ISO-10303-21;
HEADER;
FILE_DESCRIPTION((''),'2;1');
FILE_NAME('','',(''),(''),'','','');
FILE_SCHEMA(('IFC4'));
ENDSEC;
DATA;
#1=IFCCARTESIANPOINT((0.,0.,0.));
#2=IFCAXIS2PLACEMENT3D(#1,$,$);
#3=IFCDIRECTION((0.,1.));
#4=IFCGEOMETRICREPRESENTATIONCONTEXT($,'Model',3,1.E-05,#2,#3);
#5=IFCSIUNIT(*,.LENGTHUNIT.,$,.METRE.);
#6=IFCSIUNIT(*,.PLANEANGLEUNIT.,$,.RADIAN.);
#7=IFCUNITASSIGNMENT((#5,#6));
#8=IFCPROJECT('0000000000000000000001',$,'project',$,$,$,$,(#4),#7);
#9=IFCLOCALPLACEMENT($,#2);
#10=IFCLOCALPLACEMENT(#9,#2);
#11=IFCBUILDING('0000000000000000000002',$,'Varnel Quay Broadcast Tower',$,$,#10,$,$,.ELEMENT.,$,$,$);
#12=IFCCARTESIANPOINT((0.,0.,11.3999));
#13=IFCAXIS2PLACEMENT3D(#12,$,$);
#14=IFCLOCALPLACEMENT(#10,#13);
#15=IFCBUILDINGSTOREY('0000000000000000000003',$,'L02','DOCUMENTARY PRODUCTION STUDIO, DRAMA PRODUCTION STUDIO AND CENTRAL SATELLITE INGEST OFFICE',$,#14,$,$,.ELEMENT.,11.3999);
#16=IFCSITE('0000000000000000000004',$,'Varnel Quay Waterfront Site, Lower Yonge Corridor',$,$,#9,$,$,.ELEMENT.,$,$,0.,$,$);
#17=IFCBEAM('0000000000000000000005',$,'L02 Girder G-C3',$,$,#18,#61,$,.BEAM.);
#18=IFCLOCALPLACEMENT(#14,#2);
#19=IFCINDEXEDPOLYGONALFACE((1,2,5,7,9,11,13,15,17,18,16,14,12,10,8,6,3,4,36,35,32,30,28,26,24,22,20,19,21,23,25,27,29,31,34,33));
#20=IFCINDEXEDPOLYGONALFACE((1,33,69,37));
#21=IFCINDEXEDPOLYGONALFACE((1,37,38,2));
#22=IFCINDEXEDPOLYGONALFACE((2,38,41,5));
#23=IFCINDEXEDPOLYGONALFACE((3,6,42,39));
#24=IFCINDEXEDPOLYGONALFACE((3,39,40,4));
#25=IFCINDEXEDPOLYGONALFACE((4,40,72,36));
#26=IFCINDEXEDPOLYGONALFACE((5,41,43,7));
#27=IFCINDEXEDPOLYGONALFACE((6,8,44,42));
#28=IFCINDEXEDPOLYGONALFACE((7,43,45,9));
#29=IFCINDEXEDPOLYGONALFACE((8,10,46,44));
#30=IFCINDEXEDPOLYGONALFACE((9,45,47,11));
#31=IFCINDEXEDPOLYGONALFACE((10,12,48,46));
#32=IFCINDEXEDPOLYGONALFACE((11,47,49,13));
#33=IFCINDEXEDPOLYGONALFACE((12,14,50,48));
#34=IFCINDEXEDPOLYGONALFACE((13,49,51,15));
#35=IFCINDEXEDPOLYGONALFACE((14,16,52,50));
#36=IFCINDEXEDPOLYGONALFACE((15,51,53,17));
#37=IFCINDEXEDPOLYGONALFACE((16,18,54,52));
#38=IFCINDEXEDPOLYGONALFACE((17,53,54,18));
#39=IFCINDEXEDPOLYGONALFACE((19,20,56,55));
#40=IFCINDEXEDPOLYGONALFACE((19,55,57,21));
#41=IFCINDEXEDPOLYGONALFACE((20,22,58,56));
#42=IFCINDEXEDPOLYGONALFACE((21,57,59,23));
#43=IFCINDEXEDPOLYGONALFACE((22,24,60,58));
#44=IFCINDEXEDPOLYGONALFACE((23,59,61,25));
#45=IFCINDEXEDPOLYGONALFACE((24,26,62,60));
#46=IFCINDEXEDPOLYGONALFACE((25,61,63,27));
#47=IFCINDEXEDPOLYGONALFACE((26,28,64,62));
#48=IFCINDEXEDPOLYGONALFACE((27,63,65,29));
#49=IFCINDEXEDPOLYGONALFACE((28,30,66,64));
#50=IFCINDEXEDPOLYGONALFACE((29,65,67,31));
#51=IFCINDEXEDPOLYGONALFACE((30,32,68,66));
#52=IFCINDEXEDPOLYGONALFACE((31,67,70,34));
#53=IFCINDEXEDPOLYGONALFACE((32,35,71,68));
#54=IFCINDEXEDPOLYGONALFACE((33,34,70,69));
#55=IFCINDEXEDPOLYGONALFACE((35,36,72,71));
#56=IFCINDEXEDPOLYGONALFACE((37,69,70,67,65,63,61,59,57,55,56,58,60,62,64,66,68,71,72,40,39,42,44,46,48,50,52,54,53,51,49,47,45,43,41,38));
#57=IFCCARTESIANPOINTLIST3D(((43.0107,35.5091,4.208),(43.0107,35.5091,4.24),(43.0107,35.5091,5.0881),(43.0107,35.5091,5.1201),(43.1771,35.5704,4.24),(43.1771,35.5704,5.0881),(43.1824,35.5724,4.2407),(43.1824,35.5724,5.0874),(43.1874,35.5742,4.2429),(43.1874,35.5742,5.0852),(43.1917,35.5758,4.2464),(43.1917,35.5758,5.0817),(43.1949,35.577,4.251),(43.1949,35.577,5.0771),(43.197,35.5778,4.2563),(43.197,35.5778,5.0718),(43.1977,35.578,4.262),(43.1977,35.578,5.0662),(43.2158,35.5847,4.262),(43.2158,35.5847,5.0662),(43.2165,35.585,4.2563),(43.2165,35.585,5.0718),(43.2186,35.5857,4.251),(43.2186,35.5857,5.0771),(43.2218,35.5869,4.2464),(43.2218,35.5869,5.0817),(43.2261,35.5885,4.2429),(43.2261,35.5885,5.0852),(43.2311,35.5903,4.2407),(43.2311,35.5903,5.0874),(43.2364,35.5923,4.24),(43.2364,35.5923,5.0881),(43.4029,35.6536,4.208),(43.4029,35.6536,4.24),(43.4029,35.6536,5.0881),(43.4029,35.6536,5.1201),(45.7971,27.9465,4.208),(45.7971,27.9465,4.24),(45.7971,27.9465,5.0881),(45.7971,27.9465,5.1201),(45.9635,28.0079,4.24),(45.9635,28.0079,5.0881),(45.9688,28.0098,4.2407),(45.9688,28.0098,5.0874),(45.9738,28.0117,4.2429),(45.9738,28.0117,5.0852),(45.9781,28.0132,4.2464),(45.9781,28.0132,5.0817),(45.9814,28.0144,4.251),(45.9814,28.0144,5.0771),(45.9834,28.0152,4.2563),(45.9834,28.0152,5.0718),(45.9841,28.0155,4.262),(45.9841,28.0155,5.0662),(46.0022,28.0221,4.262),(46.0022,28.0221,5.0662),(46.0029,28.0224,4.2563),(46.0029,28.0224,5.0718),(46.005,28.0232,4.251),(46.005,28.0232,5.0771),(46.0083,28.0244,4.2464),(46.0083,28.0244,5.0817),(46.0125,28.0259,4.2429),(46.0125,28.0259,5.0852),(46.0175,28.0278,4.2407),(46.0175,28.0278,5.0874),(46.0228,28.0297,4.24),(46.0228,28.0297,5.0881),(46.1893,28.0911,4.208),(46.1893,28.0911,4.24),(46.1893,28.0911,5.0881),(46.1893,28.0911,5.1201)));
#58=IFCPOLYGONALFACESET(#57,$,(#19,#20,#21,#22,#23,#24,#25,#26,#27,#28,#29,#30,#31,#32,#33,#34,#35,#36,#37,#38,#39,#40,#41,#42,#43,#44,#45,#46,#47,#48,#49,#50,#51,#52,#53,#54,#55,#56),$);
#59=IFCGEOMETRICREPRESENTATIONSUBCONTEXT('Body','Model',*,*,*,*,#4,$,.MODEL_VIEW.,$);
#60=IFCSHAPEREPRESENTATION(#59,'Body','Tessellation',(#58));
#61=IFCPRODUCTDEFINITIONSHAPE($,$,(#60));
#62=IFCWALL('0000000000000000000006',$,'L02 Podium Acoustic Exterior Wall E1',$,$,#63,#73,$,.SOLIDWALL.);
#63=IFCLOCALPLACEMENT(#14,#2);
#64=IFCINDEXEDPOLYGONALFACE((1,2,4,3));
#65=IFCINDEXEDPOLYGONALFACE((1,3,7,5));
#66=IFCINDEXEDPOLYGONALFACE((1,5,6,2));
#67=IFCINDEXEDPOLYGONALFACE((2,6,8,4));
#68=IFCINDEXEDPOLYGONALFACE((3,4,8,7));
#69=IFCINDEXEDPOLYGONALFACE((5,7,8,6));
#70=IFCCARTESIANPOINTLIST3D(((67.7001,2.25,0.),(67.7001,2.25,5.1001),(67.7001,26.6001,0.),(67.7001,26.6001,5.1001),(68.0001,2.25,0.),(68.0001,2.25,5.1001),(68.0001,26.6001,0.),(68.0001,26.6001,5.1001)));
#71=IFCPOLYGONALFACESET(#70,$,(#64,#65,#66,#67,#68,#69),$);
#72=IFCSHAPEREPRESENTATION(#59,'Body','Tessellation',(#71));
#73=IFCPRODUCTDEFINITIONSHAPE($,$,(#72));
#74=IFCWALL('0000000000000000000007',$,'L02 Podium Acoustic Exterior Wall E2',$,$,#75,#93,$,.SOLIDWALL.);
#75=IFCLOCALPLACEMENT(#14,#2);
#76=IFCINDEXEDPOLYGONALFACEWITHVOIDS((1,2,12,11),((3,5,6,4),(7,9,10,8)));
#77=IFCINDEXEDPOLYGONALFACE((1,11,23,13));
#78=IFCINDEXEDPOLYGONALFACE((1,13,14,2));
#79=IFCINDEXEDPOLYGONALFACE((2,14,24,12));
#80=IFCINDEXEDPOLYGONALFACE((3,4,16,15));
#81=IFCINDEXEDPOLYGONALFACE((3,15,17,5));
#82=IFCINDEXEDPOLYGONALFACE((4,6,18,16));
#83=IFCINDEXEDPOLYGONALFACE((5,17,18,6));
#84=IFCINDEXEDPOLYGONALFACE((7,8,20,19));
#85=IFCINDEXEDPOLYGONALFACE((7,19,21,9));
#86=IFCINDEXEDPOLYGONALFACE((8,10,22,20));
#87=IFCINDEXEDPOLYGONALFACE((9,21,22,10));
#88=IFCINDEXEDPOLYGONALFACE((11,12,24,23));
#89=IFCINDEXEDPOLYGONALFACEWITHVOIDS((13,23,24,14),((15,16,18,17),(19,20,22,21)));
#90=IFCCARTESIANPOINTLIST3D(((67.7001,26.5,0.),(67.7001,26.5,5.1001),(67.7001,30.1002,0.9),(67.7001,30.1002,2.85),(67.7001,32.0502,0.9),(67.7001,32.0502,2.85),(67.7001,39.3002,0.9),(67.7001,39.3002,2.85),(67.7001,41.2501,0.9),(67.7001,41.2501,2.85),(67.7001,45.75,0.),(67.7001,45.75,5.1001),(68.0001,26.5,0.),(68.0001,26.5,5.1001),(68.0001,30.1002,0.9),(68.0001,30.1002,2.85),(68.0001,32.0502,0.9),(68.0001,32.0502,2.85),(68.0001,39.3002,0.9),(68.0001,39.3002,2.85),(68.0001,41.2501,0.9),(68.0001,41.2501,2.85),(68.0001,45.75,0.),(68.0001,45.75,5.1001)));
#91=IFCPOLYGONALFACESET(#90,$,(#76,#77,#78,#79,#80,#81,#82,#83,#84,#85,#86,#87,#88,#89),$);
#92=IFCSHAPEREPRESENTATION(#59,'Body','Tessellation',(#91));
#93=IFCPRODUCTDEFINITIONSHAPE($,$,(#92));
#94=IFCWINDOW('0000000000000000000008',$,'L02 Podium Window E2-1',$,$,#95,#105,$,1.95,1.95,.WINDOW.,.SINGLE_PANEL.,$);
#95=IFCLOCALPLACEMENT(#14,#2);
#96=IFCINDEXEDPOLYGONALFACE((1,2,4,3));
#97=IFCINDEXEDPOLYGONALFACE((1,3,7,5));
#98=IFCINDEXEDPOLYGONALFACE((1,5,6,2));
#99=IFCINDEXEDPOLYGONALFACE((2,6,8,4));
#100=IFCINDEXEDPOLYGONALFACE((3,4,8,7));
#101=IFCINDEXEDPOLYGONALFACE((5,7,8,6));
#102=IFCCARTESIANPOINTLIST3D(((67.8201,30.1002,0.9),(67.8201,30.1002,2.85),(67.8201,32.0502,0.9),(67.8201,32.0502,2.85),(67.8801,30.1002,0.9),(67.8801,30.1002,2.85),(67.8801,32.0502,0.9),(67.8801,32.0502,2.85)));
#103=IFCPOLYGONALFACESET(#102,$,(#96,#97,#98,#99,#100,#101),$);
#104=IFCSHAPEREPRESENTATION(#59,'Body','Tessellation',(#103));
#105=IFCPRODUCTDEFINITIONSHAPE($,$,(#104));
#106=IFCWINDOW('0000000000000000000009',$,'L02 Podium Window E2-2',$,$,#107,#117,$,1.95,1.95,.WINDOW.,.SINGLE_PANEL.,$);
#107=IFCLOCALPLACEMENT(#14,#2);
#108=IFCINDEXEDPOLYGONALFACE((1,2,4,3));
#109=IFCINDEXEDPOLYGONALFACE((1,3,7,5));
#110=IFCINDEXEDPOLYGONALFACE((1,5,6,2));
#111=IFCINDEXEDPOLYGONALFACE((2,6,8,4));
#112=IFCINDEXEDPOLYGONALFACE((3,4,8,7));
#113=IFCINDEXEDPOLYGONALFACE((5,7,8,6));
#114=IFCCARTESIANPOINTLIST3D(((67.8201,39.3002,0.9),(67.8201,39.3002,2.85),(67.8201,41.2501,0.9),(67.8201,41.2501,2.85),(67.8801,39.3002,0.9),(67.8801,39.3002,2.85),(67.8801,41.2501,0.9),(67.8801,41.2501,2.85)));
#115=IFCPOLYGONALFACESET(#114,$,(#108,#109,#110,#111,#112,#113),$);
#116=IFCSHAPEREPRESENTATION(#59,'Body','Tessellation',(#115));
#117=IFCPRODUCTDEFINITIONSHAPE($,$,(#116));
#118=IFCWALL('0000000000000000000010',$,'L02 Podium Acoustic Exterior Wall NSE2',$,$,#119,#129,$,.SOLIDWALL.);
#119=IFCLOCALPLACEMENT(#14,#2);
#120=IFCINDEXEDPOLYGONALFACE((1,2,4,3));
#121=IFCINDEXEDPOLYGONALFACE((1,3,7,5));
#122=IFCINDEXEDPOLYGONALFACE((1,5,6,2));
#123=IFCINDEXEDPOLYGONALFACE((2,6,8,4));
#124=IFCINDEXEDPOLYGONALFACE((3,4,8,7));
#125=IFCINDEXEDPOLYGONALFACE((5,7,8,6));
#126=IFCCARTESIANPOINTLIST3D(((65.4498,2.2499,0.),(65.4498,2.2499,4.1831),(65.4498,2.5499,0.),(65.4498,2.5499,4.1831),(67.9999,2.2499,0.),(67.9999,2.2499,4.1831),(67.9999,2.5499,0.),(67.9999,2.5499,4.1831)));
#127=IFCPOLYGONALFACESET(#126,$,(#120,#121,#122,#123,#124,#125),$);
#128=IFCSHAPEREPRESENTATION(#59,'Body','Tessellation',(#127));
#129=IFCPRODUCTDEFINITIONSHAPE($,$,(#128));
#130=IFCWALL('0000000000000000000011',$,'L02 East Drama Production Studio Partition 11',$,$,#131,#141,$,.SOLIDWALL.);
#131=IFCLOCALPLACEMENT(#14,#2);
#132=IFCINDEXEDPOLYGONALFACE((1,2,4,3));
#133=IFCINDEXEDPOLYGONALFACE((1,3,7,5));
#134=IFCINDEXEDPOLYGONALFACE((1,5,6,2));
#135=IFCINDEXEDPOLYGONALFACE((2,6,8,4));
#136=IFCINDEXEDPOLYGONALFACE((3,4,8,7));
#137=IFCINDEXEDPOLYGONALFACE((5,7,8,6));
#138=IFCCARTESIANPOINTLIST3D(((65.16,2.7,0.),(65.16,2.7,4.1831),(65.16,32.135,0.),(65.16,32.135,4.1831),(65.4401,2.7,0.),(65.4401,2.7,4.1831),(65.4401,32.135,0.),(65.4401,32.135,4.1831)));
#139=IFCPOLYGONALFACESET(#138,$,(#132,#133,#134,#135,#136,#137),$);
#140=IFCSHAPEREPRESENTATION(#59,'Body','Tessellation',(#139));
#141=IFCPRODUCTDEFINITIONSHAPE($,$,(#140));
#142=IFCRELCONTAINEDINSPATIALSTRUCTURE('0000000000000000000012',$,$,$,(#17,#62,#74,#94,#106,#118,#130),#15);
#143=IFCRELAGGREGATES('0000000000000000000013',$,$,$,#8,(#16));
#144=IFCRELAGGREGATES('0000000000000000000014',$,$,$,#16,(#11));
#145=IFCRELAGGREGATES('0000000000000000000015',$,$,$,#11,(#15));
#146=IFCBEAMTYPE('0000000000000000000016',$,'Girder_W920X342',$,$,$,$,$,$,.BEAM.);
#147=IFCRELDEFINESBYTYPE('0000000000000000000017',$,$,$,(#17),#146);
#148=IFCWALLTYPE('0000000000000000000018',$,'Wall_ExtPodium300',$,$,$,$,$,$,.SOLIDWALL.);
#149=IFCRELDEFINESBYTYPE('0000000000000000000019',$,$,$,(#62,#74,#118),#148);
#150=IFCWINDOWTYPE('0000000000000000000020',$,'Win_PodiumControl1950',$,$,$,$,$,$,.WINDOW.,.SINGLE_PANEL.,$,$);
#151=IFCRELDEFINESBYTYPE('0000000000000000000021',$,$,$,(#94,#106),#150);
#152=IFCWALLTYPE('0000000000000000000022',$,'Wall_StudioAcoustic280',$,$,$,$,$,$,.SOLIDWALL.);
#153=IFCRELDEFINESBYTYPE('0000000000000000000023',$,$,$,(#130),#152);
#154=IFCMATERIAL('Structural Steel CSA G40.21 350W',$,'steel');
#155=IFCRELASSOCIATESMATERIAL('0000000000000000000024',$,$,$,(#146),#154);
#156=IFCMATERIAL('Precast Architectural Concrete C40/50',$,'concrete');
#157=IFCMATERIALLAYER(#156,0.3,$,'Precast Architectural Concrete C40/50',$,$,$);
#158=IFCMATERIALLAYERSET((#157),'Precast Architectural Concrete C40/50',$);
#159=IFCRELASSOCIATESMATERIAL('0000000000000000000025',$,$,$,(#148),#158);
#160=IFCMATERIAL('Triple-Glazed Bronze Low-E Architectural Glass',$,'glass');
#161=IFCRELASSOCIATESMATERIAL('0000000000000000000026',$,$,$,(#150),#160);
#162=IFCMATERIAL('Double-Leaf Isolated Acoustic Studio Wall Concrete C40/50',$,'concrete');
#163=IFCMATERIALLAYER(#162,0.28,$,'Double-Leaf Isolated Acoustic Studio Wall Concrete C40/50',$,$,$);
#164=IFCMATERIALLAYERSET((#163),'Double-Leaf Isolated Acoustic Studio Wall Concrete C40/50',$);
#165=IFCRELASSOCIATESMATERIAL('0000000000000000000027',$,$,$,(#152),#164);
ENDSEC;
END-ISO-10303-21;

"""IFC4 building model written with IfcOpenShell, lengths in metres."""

from ifc_helpers import new_model, si_unit, direction, frame, frame_2d, origin, origin_2d, place, context, subcontext, project, spatial, rectangle, i_section, extrude, source, transform, mapped, material, layer, layer_set, material_profile, profile_set, type_object, type_shapes, element, fill, save


model = new_model("IFC4")

# Units and contexts
model_context = context("Model", 3, precision=1e-05, world=origin(), true_north=direction((0.0, 1.0)))
body_context = subcontext(model_context, "Body", "Model", "MODEL_VIEW")
ifc_project = project(units=[si_unit("LENGTHUNIT", "METRE"), si_unit("PLANEANGLEUNIT", "RADIAN")], contexts=[model_context])

# Site, building, storey
site_placement = place(None, origin())
site = spatial("IfcSite", under=ifc_project, at=site_placement, Name="Varnel Quay Waterfront Site, Lower Yonge Corridor", CompositionType="ELEMENT", RefElevation=0.0)
building_placement = place(site_placement, origin())
building = spatial("IfcBuilding", under=site, at=building_placement, Name="Varnel Quay Broadcast Tower", CompositionType="ELEMENT")
storey_placement = place(building_placement, frame((0.0, 0.0, 11.3999)))
storey = spatial("IfcBuildingStorey", under=building, at=storey_placement, Name="L02", Description="DOCUMENTARY PRODUCTION STUDIO, DRAMA PRODUCTION STUDIO AND CENTRAL SATELLITE INGEST OFFICE", CompositionType="ELEMENT", Elevation=11.3999)

# Shared definitions
ifc_material_1 = material(Name="Structural Steel CSA G40.21 350W", Category="steel")

# Beam
ifc_material_profile_1 = material_profile(ifc_material_1, i_section(OverallWidth=0.418, OverallDepth=0.9121, WebThickness=0.0193, FlangeThickness=0.032, FilletRadius=0.022, at=origin_2d()), Name="W920X342")
ifc_profile_set_1 = profile_set([ifc_material_profile_1], Name="Structural Steel CSA G40.21 350W")
beam_type = type_object("IfcBeamType", Name="Girder_W920X342", PredefinedType="BEAM", material=ifc_profile_set_1)
shared_shape_1 = source(origin(), body_context, "Body", "SweptSolid", [
    extrude(i_section(OverallWidth=0.418, OverallDepth=0.9121, WebThickness=0.0193, FlangeThickness=0.032, FilletRadius=0.022, at=origin_2d()), origin(), (0.0, 0.0, 1.0), 8.0596),
])
beam_1_placement = place(storey_placement, frame((45.9932, 28.0188, 4.6641), z_axis=(-0.345726, 0.938335, 0.0), x_axis=(-0.938335, -0.345726, 0.0)))
element("IfcBeam", 1, at=beam_1_placement, inside=storey, type_object=beam_type, Name="L02 Girder G-C3", PredefinedType="BEAM", context=body_context, shape_type="MappedRepresentation", body=[
    mapped(shared_shape_1, transform((0.0, 0.0, 0.0), x_axis=(1.0, 0.0, 0.0), y_axis=(0.0, 1.0, 0.0), z_axis=(0.0, 0.0, 1.0), scale=1.0)),
])

# Wall
ifc_material_2 = material(Name="Precast Architectural Concrete C40/50", Category="concrete")
ifc_layer_1 = layer(ifc_material_2, 0.3, Name="Precast Architectural Concrete C40/50")
ifc_layer_set_1 = layer_set([ifc_layer_1], Name="Precast Architectural Concrete C40/50")
wall_type_1 = type_object("IfcWallType", Name="Wall_ExtPodium300", PredefinedType="SOLIDWALL", material=ifc_layer_set_1)
wall_1_placement = place(storey_placement, frame((67.8501, 2.25, 0.0), z_axis=(0.0, 0.0, 1.0), x_axis=(0.0, 1.0, 0.0)))
element("IfcWall", 2, at=wall_1_placement, inside=storey, type_object=wall_type_1, Name="L02 Podium Acoustic Exterior Wall E1", PredefinedType="SOLIDWALL", context=body_context, shape_type="SweptSolid", body=[
    extrude(rectangle(XDim=24.3501, YDim=0.3, at=frame_2d((12.175, 0.0))), origin(), (0.0, 0.0, 1.0), 5.1001),
])

# Wall, openings, windows
wall_2_placement = place(storey_placement, frame((67.8501, 26.5, 0.0), z_axis=(0.0, 0.0, 1.0), x_axis=(0.0, 1.0, 0.0)))
wall_2 = element("IfcWall", 3, at=wall_2_placement, inside=storey, type_object=wall_type_1, Name="L02 Podium Acoustic Exterior Wall E2", PredefinedType="SOLIDWALL", context=body_context, shape_type="SweptSolid", body=[
    extrude(rectangle(XDim=19.25, YDim=0.3, at=frame_2d((9.625, 0.0))), origin(), (0.0, 0.0, 1.0), 5.1001),
])
opening_1_placement = place(wall_2_placement, frame((3.6001, 0.0, 0.8999)))
opening_1 = element("IfcOpeningElement", 4, at=opening_1_placement, cuts=wall_2, PredefinedType="OPENING", context=body_context, shape_type="SweptSolid", body=[
    extrude(rectangle(XDim=1.95, YDim=1.95, at=frame_2d((0.9751, 0.9751))), frame((0.0, 0.1602, 0.0), z_axis=(0.0, -1.0, 0.0), x_axis=(1.0, 0.0, 0.0)), (0.0, 0.0, 1.0), 0.3201),
])
opening_2_placement = place(wall_2_placement, frame((12.8, 0.0, 0.8999)))
opening_2 = element("IfcOpeningElement", 5, at=opening_2_placement, cuts=wall_2, PredefinedType="OPENING", context=body_context, shape_type="SweptSolid", body=[
    extrude(rectangle(XDim=1.95, YDim=1.95, at=frame_2d((0.9751, 0.9751))), frame((0.0, 0.1602, 0.0), z_axis=(0.0, -1.0, 0.0), x_axis=(1.0, 0.0, 0.0)), (0.0, 0.0, 1.0), 0.3201),
])
ifc_material_3 = material(Name="Triple-Glazed Bronze Low-E Architectural Glass", Category="glass")
window_type = type_object("IfcWindowType", Name="Win_PodiumControl1950", PartitioningType="SINGLE_PANEL", PredefinedType="WINDOW", material=ifc_material_3)
shared_shape_2 = source(origin(), body_context, "Body", "SweptSolid", [
    extrude(rectangle(XDim=1.95, YDim=1.95, at=frame_2d((0.9751, 0.9751))), frame((0.0, 0.03, 0.0), z_axis=(0.0, -1.0, 0.0), x_axis=(1.0, 0.0, 0.0)), (0.0, 0.0, 1.0), 0.0601),
])
type_shapes(window_type, [shared_shape_2])
window_1_placement = place(opening_1_placement, origin())
window_1 = element("IfcWindow", 6, at=window_1_placement, inside=storey, type_object=window_type, Name="L02 Podium Window E2-1", OverallHeight=1.95, OverallWidth=1.95, PartitioningType="SINGLE_PANEL", PredefinedType="WINDOW", context=body_context, shape_type="MappedRepresentation", body=[
    mapped(shared_shape_2, transform((0.0, 0.0, 0.0), x_axis=(1.0, 0.0, 0.0), y_axis=(0.0, 1.0, 0.0), z_axis=(0.0, 0.0, 1.0), scale=1.0)),
])
fill(opening_1, window_1)
window_2_placement = place(opening_2_placement, origin())
window_2 = element("IfcWindow", 7, at=window_2_placement, inside=storey, type_object=window_type, Name="L02 Podium Window E2-2", OverallHeight=1.95, OverallWidth=1.95, PartitioningType="SINGLE_PANEL", PredefinedType="WINDOW", context=body_context, shape_type="MappedRepresentation", body=[
    mapped(shared_shape_2, transform((0.0, 0.0, 0.0), x_axis=(1.0, 0.0, 0.0), y_axis=(0.0, 1.0, 0.0), z_axis=(0.0, 0.0, 1.0), scale=1.0)),
])
fill(opening_2, window_2)

# Walls
wall_3_placement = place(storey_placement, frame((65.45, 2.3999, 0.0), z_axis=(0.0, 0.0, 1.0), x_axis=(1.0, 0.0, 0.0)))
element("IfcWall", 8, at=wall_3_placement, inside=storey, type_object=wall_type_1, Name="L02 Podium Acoustic Exterior Wall NSE2", PredefinedType="SOLIDWALL", context=body_context, shape_type="SweptSolid", body=[
    extrude(rectangle(XDim=2.55, YDim=0.3, at=frame_2d((1.2749, 0.0))), origin(), (0.0, 0.0, 1.0), 4.1831),
])
ifc_material_4 = material(Name="Double-Leaf Isolated Acoustic Studio Wall Concrete C40/50", Category="concrete")
ifc_layer_2 = layer(ifc_material_4, 0.28, Name="Double-Leaf Isolated Acoustic Studio Wall Concrete C40/50")
ifc_layer_set_2 = layer_set([ifc_layer_2], Name="Double-Leaf Isolated Acoustic Studio Wall Concrete C40/50")
wall_type_2 = type_object("IfcWallType", Name="Wall_StudioAcoustic280", PredefinedType="SOLIDWALL", material=ifc_layer_set_2)
wall_4_placement = place(storey_placement, frame((65.3, 2.7, 0.0), z_axis=(0.0, 0.0, 1.0), x_axis=(0.0, 1.0, 0.0)))
element("IfcWall", 9, at=wall_4_placement, inside=storey, type_object=wall_type_2, Name="L02 East Drama Production Studio Partition 11", PredefinedType="SOLIDWALL", context=body_context, shape_type="SweptSolid", body=[
    extrude(rectangle(XDim=29.4351, YDim=0.28, at=frame_2d((14.7175, 0.0))), origin(), (0.0, 0.0, 1.0), 4.1831),
])

save(model, "model.ifc")
